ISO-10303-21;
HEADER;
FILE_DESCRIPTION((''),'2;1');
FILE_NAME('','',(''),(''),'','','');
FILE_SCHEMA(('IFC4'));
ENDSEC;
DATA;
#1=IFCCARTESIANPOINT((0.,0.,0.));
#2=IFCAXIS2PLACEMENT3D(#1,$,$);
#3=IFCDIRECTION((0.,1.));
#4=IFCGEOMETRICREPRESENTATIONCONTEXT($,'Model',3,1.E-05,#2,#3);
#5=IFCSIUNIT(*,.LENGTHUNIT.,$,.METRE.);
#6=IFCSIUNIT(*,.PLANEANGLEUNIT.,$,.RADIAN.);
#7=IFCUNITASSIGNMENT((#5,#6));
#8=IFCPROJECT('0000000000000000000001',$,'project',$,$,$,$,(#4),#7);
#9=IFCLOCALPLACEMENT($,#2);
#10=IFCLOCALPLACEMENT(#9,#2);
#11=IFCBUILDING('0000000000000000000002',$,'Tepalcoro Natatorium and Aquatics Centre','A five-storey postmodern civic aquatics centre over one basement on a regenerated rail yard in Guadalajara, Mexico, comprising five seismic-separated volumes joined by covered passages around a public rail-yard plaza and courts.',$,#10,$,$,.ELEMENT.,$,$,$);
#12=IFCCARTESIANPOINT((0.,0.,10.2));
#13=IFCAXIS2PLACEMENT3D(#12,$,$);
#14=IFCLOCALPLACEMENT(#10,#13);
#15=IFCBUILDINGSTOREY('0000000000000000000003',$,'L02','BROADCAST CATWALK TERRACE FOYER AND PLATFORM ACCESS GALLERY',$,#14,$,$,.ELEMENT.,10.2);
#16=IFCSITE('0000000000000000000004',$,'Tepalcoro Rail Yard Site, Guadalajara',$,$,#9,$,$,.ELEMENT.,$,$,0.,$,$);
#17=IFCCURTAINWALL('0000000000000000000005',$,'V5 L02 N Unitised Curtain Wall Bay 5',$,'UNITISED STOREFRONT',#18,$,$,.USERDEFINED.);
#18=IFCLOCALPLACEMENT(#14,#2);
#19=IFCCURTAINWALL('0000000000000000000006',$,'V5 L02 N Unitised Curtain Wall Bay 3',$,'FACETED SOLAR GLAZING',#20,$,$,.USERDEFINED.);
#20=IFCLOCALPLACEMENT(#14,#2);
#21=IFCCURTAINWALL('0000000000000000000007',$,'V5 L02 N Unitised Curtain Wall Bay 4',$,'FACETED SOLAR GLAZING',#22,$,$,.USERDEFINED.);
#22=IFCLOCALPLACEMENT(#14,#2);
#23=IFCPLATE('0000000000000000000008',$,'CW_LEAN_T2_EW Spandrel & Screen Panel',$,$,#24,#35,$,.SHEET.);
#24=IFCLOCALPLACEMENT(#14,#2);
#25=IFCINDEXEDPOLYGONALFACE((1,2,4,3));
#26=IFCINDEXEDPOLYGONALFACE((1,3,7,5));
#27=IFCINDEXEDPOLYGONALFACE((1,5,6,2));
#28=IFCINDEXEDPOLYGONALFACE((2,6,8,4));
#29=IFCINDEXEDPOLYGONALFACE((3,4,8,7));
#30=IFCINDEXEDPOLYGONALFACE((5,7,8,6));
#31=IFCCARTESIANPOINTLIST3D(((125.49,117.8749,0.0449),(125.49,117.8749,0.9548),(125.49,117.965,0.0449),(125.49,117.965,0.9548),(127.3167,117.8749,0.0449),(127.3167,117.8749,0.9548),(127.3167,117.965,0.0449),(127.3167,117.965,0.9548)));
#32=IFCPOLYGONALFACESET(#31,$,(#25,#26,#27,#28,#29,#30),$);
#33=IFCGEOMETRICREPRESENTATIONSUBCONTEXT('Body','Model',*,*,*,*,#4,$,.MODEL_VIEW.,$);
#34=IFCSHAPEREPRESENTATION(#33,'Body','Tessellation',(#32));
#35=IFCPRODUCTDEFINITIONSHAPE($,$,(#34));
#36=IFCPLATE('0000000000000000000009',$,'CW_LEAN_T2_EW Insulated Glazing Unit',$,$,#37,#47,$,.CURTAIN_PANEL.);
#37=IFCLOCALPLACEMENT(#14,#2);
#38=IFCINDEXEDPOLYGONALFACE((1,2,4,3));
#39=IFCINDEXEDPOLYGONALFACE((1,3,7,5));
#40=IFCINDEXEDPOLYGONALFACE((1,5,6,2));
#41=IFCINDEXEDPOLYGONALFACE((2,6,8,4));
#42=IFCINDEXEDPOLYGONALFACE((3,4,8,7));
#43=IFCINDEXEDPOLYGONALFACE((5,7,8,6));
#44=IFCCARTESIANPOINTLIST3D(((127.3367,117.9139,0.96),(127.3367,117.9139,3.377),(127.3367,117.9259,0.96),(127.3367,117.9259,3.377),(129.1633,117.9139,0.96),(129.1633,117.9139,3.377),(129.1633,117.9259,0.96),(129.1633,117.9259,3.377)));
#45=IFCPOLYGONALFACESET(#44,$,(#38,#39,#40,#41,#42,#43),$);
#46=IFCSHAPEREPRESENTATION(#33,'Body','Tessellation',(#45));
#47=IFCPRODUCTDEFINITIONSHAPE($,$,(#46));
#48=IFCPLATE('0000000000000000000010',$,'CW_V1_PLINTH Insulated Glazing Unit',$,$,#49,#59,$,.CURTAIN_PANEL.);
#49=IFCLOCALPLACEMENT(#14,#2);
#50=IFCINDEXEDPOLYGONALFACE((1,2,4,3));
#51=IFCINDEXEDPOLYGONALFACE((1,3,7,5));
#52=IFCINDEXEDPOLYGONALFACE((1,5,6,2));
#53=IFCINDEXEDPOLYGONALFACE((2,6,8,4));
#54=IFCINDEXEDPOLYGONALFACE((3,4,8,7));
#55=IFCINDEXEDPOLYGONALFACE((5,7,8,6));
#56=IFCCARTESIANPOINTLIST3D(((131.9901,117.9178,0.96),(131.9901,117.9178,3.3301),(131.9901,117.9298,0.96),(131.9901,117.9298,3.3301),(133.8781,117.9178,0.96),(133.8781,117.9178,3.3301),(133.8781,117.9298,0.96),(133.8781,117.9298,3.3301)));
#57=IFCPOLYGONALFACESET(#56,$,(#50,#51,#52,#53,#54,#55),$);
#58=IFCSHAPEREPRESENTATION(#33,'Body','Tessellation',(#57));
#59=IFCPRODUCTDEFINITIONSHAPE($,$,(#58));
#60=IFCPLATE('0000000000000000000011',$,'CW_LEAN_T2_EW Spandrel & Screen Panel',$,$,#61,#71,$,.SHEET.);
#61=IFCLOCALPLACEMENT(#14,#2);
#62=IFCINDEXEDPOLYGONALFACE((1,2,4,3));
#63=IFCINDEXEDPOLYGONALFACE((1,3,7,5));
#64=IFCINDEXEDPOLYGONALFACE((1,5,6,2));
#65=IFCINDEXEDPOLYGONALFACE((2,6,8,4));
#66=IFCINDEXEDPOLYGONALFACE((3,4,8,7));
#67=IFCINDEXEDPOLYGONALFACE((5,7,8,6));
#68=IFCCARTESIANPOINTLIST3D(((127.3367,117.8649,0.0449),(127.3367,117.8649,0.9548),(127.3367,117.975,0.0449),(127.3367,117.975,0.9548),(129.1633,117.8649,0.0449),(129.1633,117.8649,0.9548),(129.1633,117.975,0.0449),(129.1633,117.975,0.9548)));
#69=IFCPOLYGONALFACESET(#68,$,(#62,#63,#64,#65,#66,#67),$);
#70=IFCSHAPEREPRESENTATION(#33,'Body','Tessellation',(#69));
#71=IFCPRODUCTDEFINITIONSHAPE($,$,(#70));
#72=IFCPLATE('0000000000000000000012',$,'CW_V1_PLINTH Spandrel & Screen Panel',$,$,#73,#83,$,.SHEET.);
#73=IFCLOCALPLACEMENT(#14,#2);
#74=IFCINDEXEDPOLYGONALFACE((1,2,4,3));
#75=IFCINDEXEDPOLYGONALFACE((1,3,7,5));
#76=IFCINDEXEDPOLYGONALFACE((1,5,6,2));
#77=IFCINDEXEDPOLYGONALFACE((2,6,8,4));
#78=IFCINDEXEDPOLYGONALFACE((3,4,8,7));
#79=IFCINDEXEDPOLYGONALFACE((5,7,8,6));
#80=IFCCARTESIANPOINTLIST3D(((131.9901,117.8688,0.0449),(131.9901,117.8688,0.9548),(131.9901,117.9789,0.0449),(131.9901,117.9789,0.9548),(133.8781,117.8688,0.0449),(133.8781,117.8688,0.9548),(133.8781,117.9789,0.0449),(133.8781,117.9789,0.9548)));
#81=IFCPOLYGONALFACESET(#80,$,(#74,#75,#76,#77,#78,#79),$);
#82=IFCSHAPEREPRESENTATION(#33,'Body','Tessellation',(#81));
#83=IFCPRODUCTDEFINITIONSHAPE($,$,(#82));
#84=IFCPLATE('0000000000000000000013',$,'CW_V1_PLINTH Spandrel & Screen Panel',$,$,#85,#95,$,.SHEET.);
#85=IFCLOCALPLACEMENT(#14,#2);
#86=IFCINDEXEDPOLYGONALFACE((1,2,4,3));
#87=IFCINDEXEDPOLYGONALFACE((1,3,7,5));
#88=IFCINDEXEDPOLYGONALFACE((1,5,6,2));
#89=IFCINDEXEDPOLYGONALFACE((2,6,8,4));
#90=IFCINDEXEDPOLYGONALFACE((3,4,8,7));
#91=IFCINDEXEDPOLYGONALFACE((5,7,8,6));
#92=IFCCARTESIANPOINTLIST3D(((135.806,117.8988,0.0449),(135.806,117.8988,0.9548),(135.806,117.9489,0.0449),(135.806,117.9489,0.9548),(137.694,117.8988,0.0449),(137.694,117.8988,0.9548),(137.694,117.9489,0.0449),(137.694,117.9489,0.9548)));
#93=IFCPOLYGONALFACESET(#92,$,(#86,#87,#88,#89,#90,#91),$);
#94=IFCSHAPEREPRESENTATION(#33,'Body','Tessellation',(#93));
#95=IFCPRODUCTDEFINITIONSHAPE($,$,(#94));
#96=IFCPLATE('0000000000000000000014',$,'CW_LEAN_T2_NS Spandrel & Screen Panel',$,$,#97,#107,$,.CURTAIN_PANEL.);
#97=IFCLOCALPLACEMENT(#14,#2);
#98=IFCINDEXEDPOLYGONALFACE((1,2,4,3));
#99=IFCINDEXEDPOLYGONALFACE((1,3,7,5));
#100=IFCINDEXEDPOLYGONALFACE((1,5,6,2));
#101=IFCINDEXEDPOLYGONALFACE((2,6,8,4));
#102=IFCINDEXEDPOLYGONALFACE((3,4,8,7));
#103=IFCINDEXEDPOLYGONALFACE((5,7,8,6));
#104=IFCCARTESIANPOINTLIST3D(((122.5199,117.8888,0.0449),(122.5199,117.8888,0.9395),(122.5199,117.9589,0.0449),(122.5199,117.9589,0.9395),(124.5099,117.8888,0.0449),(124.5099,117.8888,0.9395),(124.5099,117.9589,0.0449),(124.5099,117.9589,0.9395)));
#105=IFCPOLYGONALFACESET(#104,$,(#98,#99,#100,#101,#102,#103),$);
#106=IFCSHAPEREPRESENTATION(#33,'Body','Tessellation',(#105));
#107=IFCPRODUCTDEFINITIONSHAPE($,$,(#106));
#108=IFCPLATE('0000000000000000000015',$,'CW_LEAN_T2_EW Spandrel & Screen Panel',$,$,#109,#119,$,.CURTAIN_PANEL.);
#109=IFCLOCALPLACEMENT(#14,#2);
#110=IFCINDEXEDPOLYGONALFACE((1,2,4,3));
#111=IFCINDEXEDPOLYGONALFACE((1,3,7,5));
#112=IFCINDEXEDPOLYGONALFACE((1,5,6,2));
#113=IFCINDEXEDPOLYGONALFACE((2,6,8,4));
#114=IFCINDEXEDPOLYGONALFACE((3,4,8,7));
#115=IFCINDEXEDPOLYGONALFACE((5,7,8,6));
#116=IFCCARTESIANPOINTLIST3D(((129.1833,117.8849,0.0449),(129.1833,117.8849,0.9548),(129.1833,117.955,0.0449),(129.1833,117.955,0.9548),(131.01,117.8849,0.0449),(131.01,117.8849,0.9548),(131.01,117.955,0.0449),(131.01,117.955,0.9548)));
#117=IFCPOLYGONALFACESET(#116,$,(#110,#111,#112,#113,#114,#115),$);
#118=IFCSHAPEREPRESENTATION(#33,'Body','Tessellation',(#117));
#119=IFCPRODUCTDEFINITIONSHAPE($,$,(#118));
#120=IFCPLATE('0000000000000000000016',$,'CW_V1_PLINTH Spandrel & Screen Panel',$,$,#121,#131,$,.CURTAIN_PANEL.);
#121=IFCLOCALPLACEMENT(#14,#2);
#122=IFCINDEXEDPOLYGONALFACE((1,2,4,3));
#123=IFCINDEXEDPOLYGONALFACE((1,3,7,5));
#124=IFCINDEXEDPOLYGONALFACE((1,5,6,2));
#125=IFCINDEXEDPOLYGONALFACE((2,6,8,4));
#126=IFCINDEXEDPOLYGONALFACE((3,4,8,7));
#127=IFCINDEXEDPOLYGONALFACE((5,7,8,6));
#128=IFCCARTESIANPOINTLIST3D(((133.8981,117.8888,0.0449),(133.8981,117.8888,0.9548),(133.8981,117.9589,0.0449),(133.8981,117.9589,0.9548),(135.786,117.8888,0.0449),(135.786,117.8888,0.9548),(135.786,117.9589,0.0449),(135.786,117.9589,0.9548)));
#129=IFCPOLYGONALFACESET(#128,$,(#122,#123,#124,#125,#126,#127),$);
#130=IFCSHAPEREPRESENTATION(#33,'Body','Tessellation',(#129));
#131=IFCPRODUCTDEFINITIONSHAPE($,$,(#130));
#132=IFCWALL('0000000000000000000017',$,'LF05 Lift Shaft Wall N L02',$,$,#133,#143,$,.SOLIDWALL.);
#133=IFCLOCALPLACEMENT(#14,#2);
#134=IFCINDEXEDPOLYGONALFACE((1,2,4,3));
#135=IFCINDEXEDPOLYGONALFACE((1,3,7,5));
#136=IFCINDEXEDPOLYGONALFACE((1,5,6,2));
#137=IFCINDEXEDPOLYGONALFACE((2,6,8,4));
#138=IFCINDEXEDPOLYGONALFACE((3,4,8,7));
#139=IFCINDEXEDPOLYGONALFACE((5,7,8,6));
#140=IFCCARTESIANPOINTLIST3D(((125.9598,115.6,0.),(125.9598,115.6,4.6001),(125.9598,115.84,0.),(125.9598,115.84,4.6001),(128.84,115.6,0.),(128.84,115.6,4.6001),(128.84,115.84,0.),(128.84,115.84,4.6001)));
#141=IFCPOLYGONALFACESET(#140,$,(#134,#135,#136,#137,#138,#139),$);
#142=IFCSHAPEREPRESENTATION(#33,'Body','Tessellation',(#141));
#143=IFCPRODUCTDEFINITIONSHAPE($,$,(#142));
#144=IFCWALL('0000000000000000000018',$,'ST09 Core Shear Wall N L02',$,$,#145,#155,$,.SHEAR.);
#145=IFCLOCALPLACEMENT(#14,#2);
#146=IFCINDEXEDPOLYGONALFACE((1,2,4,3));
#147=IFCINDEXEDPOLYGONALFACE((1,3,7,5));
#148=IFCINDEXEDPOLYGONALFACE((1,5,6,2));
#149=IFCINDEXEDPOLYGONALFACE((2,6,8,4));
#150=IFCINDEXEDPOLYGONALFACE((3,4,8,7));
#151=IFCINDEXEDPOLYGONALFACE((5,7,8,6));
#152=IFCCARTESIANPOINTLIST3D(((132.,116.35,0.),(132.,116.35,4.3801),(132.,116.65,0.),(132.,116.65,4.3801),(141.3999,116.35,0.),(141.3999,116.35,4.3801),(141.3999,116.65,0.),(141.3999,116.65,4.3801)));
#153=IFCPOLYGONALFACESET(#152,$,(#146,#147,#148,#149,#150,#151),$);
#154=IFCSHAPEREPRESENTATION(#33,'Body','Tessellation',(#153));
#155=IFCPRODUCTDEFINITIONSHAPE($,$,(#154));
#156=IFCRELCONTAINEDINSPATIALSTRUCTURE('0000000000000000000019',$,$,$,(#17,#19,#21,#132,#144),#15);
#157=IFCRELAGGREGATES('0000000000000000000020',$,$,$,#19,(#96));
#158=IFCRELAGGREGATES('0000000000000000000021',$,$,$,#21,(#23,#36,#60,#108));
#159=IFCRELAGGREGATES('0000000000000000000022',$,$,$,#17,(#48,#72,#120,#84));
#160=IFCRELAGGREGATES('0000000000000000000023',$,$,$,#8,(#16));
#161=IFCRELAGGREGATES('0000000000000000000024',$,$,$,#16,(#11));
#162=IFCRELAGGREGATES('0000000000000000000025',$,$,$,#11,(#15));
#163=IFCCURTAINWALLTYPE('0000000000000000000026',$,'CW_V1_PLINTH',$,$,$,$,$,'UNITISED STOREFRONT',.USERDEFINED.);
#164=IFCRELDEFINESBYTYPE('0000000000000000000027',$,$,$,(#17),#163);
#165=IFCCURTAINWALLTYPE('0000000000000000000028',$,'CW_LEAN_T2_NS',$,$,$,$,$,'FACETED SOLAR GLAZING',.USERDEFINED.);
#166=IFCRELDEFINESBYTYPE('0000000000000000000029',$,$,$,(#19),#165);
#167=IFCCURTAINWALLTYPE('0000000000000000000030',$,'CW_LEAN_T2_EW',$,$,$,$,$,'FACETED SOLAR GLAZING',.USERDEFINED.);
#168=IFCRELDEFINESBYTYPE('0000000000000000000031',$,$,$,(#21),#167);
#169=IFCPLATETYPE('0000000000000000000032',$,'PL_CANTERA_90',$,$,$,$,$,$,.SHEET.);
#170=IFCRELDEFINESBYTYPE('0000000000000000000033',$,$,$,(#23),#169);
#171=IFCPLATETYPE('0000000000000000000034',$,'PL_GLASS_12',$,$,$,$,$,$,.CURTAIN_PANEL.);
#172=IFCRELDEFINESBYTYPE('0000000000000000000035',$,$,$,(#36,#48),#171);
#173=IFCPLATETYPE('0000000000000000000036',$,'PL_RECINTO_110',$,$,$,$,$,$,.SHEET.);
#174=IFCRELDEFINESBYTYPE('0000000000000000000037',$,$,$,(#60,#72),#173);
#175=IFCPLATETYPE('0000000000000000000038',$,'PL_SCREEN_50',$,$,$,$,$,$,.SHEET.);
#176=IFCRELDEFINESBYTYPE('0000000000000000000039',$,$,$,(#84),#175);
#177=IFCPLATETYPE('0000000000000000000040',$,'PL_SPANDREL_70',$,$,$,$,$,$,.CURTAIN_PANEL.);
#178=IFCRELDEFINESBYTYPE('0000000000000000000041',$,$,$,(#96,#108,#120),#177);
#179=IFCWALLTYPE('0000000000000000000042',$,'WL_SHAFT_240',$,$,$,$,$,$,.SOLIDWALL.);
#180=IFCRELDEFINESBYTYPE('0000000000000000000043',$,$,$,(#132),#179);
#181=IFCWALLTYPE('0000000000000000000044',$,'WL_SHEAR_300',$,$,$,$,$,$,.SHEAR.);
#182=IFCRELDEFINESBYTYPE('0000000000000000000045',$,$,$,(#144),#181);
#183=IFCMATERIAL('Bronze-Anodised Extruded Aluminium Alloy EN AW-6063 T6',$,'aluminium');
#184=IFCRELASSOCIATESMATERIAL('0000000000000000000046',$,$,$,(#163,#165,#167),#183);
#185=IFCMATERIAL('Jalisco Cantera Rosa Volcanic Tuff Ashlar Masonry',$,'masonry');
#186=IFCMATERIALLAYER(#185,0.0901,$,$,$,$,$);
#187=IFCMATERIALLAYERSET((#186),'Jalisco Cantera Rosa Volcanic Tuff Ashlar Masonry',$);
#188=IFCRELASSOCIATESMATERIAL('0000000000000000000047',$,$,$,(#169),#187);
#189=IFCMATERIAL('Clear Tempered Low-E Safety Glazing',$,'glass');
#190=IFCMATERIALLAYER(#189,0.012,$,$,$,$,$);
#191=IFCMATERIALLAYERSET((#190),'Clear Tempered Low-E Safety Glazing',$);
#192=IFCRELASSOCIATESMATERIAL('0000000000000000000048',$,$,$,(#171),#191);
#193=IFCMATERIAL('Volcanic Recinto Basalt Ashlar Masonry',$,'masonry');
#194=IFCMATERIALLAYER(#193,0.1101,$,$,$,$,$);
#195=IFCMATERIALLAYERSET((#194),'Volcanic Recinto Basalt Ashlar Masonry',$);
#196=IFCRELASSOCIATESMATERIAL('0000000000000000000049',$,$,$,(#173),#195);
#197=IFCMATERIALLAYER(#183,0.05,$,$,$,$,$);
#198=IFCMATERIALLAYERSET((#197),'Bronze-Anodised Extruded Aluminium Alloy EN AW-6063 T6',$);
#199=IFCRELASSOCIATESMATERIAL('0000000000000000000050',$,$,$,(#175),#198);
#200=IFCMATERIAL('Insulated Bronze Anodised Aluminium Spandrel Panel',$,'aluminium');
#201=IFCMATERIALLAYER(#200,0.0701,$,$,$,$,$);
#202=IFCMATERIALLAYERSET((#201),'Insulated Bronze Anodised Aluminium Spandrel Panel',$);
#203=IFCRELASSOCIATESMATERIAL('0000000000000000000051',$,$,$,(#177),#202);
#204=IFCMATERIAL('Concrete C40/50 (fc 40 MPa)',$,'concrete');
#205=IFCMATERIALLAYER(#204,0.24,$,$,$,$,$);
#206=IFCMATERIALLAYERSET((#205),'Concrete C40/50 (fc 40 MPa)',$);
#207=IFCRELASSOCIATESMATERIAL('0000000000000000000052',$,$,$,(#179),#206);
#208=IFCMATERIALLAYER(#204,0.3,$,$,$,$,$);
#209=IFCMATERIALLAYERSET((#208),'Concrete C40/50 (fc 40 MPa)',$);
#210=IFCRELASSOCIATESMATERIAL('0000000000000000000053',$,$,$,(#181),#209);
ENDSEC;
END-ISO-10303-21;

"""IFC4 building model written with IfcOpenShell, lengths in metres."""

from ifc_helpers import new_model, si_unit, direction, frame, frame_2d, origin, origin_2d, place, context, subcontext, project, spatial, rectangle, extrude, material, layer, layer_set, type_object, element, aggregate, save


model = new_model("IFC4")

# Units and contexts
model_context = context("Model", 3, precision=1e-05, world=origin(), true_north=direction((0.0, 1.0)))
body_context = subcontext(model_context, "Body", "Model", "MODEL_VIEW")
ifc_project = project(units=[si_unit("LENGTHUNIT", "METRE"), si_unit("PLANEANGLEUNIT", "RADIAN")], contexts=[model_context])

# Site, building, storey
site_placement = place(None, origin())
site = spatial("IfcSite", under=ifc_project, at=site_placement, Name="Tepalcoro Rail Yard Site, Guadalajara", CompositionType="ELEMENT", RefElevation=0.0)
building_placement = place(site_placement, origin())
building = spatial("IfcBuilding", under=site, at=building_placement, Name="Tepalcoro Natatorium and Aquatics Centre", Description="A five-storey postmodern civic aquatics centre over one basement on a regenerated rail yard in Guadalajara, Mexico, comprising five seismic-separated volumes joined by covered passages around a public rail-yard plaza and courts.", CompositionType="ELEMENT")
storey_placement = place(building_placement, frame((0.0, 0.0, 10.2)))
storey = spatial("IfcBuildingStorey", under=building, at=storey_placement, Name="L02", Description="BROADCAST CATWALK TERRACE FOYER AND PLATFORM ACCESS GALLERY", CompositionType="ELEMENT", Elevation=10.2)

# Shared definitions
ifc_material_1 = material(Name="Concrete C40/50 (fc 40 MPa)", Category="concrete")

# Curtain walls
ifc_material_2 = material(Name="Bronze-Anodised Extruded Aluminium Alloy EN AW-6063 T6", Category="aluminium")
curtain_wall_type_1 = type_object("IfcCurtainWallType", Name="CW_V1_PLINTH", ElementType="UNITISED STOREFRONT", PredefinedType="USERDEFINED", material=ifc_material_2)
curtain_wall_1_placement = place(storey_placement, origin())
curtain_wall_1 = element("IfcCurtainWall", 1, at=curtain_wall_1_placement, inside=storey, type_object=curtain_wall_type_1, Name="V5 L02 N Unitised Curtain Wall Bay 5", ObjectType="UNITISED STOREFRONT", PredefinedType="USERDEFINED")
curtain_wall_type_2 = type_object("IfcCurtainWallType", Name="CW_LEAN_T2_NS", ElementType="FACETED SOLAR GLAZING", PredefinedType="USERDEFINED", material=ifc_material_2)
curtain_wall_2_placement = place(storey_placement, origin())
curtain_wall_2 = element("IfcCurtainWall", 2, at=curtain_wall_2_placement, inside=storey, type_object=curtain_wall_type_2, Name="V5 L02 N Unitised Curtain Wall Bay 3", ObjectType="FACETED SOLAR GLAZING", PredefinedType="USERDEFINED")
curtain_wall_type_3 = type_object("IfcCurtainWallType", Name="CW_LEAN_T2_EW", ElementType="FACETED SOLAR GLAZING", PredefinedType="USERDEFINED", material=ifc_material_2)
curtain_wall_3_placement = place(storey_placement, origin())
curtain_wall_3 = element("IfcCurtainWall", 3, at=curtain_wall_3_placement, inside=storey, type_object=curtain_wall_type_3, Name="V5 L02 N Unitised Curtain Wall Bay 4", ObjectType="FACETED SOLAR GLAZING", PredefinedType="USERDEFINED")

# Plates
ifc_material_3 = material(Name="Jalisco Cantera Rosa Volcanic Tuff Ashlar Masonry", Category="masonry")
ifc_layer_1 = layer(ifc_material_3, 0.0901)
ifc_layer_set_1 = layer_set([ifc_layer_1], Name="Jalisco Cantera Rosa Volcanic Tuff Ashlar Masonry")
plate_type_1 = type_object("IfcPlateType", Name="PL_CANTERA_90", PredefinedType="SHEET", material=ifc_layer_set_1)
plate_1_placement = place(storey_placement, frame((126.4033, 117.9199, 0.0449), z_axis=(0.0, 0.0, 1.0), x_axis=(1.0, 0.0, 0.0)))
plate_1 = element("IfcPlate", 4, at=plate_1_placement, type_object=plate_type_1, Name="CW_LEAN_T2_EW Spandrel & Screen Panel", PredefinedType="SHEET", context=body_context, shape_type="SweptSolid", body=[
    extrude(rectangle(XDim=1.8267, YDim=0.0901, at=origin_2d()), origin(), (0.0, 0.0, 1.0), 0.9099),
])
ifc_material_4 = material(Name="Clear Tempered Low-E Safety Glazing", Category="glass")
ifc_layer_2 = layer(ifc_material_4, 0.012)
ifc_layer_set_2 = layer_set([ifc_layer_2], Name="Clear Tempered Low-E Safety Glazing")
plate_type_2 = type_object("IfcPlateType", Name="PL_GLASS_12", PredefinedType="CURTAIN_PANEL", material=ifc_layer_set_2)
plate_2_placement = place(storey_placement, frame((128.25, 117.9199, 0.96), z_axis=(0.0, 0.0, 1.0), x_axis=(1.0, 0.0, 0.0)))
plate_2 = element("IfcPlate", 5, at=plate_2_placement, type_object=plate_type_2, Name="CW_LEAN_T2_EW Insulated Glazing Unit", PredefinedType="CURTAIN_PANEL", context=body_context, shape_type="SweptSolid", body=[
    extrude(rectangle(XDim=1.8267, YDim=0.012, at=origin_2d()), origin(), (0.0, 0.0, 1.0), 2.417),
])
plate_3_placement = place(storey_placement, frame((132.9341, 117.9238, 0.96), z_axis=(0.0, 0.0, 1.0), x_axis=(1.0, 0.0, 0.0)))
plate_3 = element("IfcPlate", 6, at=plate_3_placement, type_object=plate_type_2, Name="CW_V1_PLINTH Insulated Glazing Unit", PredefinedType="CURTAIN_PANEL", context=body_context, shape_type="SweptSolid", body=[
    extrude(rectangle(XDim=1.8879, YDim=0.012, at=origin_2d()), origin(), (0.0, 0.0, 1.0), 2.3701),
])
ifc_material_5 = material(Name="Volcanic Recinto Basalt Ashlar Masonry", Category="masonry")
ifc_layer_3 = layer(ifc_material_5, 0.1101)
ifc_layer_set_3 = layer_set([ifc_layer_3], Name="Volcanic Recinto Basalt Ashlar Masonry")
plate_type_3 = type_object("IfcPlateType", Name="PL_RECINTO_110", PredefinedType="SHEET", material=ifc_layer_set_3)
plate_4_placement = place(storey_placement, frame((128.25, 117.9199, 0.0449), z_axis=(0.0, 0.0, 1.0), x_axis=(1.0, 0.0, 0.0)))
plate_4 = element("IfcPlate", 7, at=plate_4_placement, type_object=plate_type_3, Name="CW_LEAN_T2_EW Spandrel & Screen Panel", PredefinedType="SHEET", context=body_context, shape_type="SweptSolid", body=[
    extrude(rectangle(XDim=1.8267, YDim=0.1101, at=origin_2d()), origin(), (0.0, 0.0, 1.0), 0.9099),
])
plate_5_placement = place(storey_placement, frame((132.9341, 117.9238, 0.0449), z_axis=(0.0, 0.0, 1.0), x_axis=(1.0, 0.0, 0.0)))
plate_5 = element("IfcPlate", 8, at=plate_5_placement, type_object=plate_type_3, Name="CW_V1_PLINTH Spandrel & Screen Panel", PredefinedType="SHEET", context=body_context, shape_type="SweptSolid", body=[
    extrude(rectangle(XDim=1.8879, YDim=0.1101, at=origin_2d()), origin(), (0.0, 0.0, 1.0), 0.9099),
])
ifc_layer_4 = layer(ifc_material_2, 0.05)
ifc_layer_set_4 = layer_set([ifc_layer_4], Name="Bronze-Anodised Extruded Aluminium Alloy EN AW-6063 T6")
plate_type_4 = type_object("IfcPlateType", Name="PL_SCREEN_50", PredefinedType="SHEET", material=ifc_layer_set_4)
plate_6_placement = place(storey_placement, frame((136.75, 117.9238, 0.0449), z_axis=(0.0, 0.0, 1.0), x_axis=(1.0, 0.0, 0.0)))
plate_6 = element("IfcPlate", 9, at=plate_6_placement, type_object=plate_type_4, Name="CW_V1_PLINTH Spandrel & Screen Panel", PredefinedType="SHEET", context=body_context, shape_type="SweptSolid", body=[
    extrude(rectangle(XDim=1.8879, YDim=0.05, at=origin_2d()), origin(), (0.0, 0.0, 1.0), 0.9099),
])
ifc_material_6 = material(Name="Insulated Bronze Anodised Aluminium Spandrel Panel", Category="aluminium")
ifc_layer_5 = layer(ifc_material_6, 0.0701)
ifc_layer_set_5 = layer_set([ifc_layer_5], Name="Insulated Bronze Anodised Aluminium Spandrel Panel")
plate_type_5 = type_object("IfcPlateType", Name="PL_SPANDREL_70", PredefinedType="CURTAIN_PANEL", material=ifc_layer_set_5)
plate_7_placement = place(storey_placement, frame((123.5149, 117.9238, 0.0449), z_axis=(0.0, 0.0, 1.0), x_axis=(1.0, 0.0, 0.0)))
plate_7 = element("IfcPlate", 10, at=plate_7_placement, type_object=plate_type_5, Name="CW_LEAN_T2_NS Spandrel & Screen Panel", PredefinedType="CURTAIN_PANEL", context=body_context, shape_type="SweptSolid", body=[
    extrude(rectangle(XDim=1.99, YDim=0.0701, at=origin_2d()), origin(), (0.0, 0.0, 1.0), 0.8945),
])
aggregate(curtain_wall_2, [plate_7])
plate_8_placement = place(storey_placement, frame((130.0967, 117.9199, 0.0449), z_axis=(0.0, 0.0, 1.0), x_axis=(1.0, 0.0, 0.0)))
plate_8 = element("IfcPlate", 11, at=plate_8_placement, type_object=plate_type_5, Name="CW_LEAN_T2_EW Spandrel & Screen Panel", PredefinedType="CURTAIN_PANEL", context=body_context, shape_type="SweptSolid", body=[
    extrude(rectangle(XDim=1.8267, YDim=0.0701, at=origin_2d()), origin(), (0.0, 0.0, 1.0), 0.9099),
])
aggregate(curtain_wall_3, [plate_1, plate_2, plate_4, plate_8])
plate_9_placement = place(storey_placement, frame((134.842, 117.9238, 0.0449), z_axis=(0.0, 0.0, 1.0), x_axis=(1.0, 0.0, 0.0)))
plate_9 = element("IfcPlate", 12, at=plate_9_placement, type_object=plate_type_5, Name="CW_V1_PLINTH Spandrel & Screen Panel", PredefinedType="CURTAIN_PANEL", context=body_context, shape_type="SweptSolid", body=[
    extrude(rectangle(XDim=1.8879, YDim=0.0701, at=origin_2d()), origin(), (0.0, 0.0, 1.0), 0.9099),
])
aggregate(curtain_wall_1, [plate_3, plate_5, plate_9, plate_6])

# Walls
ifc_layer_6 = layer(ifc_material_1, 0.24)
ifc_layer_set_6 = layer_set([ifc_layer_6], Name="Concrete C40/50 (fc 40 MPa)")
wall_type_1 = type_object("IfcWallType", Name="WL_SHAFT_240", PredefinedType="SOLIDWALL", material=ifc_layer_set_6)
wall_1_placement = place(storey_placement, frame((125.96, 115.72, 0.0), z_axis=(0.0, 0.0, 1.0), x_axis=(1.0, 0.0, 0.0)))
element("IfcWall", 13, at=wall_1_placement, inside=storey, type_object=wall_type_1, Name="LF05 Lift Shaft Wall N L02", PredefinedType="SOLIDWALL", context=body_context, shape_type="SweptSolid", body=[
    extrude(rectangle(XDim=2.8801, YDim=0.24, at=frame_2d((1.4399, 0.0))), origin(), (0.0, 0.0, 1.0), 4.6001),
])
ifc_layer_7 = layer(ifc_material_1, 0.3)
ifc_layer_set_7 = layer_set([ifc_layer_7], Name="Concrete C40/50 (fc 40 MPa)")
wall_type_2 = type_object("IfcWallType", Name="WL_SHEAR_300", PredefinedType="SHEAR", material=ifc_layer_set_7)
wall_2_placement = place(storey_placement, frame((132.0, 116.5, 0.0), z_axis=(0.0, 0.0, 1.0), x_axis=(1.0, 0.0, 0.0)))
element("IfcWall", 14, at=wall_2_placement, inside=storey, type_object=wall_type_2, Name="ST09 Core Shear Wall N L02", PredefinedType="SHEAR", context=body_context, shape_type="SweptSolid", body=[
    extrude(rectangle(XDim=9.3999, YDim=0.3, at=frame_2d((4.7, 0.0))), origin(), (0.0, 0.0, 1.0), 4.3801),
])

save(model, "model.ifc")
